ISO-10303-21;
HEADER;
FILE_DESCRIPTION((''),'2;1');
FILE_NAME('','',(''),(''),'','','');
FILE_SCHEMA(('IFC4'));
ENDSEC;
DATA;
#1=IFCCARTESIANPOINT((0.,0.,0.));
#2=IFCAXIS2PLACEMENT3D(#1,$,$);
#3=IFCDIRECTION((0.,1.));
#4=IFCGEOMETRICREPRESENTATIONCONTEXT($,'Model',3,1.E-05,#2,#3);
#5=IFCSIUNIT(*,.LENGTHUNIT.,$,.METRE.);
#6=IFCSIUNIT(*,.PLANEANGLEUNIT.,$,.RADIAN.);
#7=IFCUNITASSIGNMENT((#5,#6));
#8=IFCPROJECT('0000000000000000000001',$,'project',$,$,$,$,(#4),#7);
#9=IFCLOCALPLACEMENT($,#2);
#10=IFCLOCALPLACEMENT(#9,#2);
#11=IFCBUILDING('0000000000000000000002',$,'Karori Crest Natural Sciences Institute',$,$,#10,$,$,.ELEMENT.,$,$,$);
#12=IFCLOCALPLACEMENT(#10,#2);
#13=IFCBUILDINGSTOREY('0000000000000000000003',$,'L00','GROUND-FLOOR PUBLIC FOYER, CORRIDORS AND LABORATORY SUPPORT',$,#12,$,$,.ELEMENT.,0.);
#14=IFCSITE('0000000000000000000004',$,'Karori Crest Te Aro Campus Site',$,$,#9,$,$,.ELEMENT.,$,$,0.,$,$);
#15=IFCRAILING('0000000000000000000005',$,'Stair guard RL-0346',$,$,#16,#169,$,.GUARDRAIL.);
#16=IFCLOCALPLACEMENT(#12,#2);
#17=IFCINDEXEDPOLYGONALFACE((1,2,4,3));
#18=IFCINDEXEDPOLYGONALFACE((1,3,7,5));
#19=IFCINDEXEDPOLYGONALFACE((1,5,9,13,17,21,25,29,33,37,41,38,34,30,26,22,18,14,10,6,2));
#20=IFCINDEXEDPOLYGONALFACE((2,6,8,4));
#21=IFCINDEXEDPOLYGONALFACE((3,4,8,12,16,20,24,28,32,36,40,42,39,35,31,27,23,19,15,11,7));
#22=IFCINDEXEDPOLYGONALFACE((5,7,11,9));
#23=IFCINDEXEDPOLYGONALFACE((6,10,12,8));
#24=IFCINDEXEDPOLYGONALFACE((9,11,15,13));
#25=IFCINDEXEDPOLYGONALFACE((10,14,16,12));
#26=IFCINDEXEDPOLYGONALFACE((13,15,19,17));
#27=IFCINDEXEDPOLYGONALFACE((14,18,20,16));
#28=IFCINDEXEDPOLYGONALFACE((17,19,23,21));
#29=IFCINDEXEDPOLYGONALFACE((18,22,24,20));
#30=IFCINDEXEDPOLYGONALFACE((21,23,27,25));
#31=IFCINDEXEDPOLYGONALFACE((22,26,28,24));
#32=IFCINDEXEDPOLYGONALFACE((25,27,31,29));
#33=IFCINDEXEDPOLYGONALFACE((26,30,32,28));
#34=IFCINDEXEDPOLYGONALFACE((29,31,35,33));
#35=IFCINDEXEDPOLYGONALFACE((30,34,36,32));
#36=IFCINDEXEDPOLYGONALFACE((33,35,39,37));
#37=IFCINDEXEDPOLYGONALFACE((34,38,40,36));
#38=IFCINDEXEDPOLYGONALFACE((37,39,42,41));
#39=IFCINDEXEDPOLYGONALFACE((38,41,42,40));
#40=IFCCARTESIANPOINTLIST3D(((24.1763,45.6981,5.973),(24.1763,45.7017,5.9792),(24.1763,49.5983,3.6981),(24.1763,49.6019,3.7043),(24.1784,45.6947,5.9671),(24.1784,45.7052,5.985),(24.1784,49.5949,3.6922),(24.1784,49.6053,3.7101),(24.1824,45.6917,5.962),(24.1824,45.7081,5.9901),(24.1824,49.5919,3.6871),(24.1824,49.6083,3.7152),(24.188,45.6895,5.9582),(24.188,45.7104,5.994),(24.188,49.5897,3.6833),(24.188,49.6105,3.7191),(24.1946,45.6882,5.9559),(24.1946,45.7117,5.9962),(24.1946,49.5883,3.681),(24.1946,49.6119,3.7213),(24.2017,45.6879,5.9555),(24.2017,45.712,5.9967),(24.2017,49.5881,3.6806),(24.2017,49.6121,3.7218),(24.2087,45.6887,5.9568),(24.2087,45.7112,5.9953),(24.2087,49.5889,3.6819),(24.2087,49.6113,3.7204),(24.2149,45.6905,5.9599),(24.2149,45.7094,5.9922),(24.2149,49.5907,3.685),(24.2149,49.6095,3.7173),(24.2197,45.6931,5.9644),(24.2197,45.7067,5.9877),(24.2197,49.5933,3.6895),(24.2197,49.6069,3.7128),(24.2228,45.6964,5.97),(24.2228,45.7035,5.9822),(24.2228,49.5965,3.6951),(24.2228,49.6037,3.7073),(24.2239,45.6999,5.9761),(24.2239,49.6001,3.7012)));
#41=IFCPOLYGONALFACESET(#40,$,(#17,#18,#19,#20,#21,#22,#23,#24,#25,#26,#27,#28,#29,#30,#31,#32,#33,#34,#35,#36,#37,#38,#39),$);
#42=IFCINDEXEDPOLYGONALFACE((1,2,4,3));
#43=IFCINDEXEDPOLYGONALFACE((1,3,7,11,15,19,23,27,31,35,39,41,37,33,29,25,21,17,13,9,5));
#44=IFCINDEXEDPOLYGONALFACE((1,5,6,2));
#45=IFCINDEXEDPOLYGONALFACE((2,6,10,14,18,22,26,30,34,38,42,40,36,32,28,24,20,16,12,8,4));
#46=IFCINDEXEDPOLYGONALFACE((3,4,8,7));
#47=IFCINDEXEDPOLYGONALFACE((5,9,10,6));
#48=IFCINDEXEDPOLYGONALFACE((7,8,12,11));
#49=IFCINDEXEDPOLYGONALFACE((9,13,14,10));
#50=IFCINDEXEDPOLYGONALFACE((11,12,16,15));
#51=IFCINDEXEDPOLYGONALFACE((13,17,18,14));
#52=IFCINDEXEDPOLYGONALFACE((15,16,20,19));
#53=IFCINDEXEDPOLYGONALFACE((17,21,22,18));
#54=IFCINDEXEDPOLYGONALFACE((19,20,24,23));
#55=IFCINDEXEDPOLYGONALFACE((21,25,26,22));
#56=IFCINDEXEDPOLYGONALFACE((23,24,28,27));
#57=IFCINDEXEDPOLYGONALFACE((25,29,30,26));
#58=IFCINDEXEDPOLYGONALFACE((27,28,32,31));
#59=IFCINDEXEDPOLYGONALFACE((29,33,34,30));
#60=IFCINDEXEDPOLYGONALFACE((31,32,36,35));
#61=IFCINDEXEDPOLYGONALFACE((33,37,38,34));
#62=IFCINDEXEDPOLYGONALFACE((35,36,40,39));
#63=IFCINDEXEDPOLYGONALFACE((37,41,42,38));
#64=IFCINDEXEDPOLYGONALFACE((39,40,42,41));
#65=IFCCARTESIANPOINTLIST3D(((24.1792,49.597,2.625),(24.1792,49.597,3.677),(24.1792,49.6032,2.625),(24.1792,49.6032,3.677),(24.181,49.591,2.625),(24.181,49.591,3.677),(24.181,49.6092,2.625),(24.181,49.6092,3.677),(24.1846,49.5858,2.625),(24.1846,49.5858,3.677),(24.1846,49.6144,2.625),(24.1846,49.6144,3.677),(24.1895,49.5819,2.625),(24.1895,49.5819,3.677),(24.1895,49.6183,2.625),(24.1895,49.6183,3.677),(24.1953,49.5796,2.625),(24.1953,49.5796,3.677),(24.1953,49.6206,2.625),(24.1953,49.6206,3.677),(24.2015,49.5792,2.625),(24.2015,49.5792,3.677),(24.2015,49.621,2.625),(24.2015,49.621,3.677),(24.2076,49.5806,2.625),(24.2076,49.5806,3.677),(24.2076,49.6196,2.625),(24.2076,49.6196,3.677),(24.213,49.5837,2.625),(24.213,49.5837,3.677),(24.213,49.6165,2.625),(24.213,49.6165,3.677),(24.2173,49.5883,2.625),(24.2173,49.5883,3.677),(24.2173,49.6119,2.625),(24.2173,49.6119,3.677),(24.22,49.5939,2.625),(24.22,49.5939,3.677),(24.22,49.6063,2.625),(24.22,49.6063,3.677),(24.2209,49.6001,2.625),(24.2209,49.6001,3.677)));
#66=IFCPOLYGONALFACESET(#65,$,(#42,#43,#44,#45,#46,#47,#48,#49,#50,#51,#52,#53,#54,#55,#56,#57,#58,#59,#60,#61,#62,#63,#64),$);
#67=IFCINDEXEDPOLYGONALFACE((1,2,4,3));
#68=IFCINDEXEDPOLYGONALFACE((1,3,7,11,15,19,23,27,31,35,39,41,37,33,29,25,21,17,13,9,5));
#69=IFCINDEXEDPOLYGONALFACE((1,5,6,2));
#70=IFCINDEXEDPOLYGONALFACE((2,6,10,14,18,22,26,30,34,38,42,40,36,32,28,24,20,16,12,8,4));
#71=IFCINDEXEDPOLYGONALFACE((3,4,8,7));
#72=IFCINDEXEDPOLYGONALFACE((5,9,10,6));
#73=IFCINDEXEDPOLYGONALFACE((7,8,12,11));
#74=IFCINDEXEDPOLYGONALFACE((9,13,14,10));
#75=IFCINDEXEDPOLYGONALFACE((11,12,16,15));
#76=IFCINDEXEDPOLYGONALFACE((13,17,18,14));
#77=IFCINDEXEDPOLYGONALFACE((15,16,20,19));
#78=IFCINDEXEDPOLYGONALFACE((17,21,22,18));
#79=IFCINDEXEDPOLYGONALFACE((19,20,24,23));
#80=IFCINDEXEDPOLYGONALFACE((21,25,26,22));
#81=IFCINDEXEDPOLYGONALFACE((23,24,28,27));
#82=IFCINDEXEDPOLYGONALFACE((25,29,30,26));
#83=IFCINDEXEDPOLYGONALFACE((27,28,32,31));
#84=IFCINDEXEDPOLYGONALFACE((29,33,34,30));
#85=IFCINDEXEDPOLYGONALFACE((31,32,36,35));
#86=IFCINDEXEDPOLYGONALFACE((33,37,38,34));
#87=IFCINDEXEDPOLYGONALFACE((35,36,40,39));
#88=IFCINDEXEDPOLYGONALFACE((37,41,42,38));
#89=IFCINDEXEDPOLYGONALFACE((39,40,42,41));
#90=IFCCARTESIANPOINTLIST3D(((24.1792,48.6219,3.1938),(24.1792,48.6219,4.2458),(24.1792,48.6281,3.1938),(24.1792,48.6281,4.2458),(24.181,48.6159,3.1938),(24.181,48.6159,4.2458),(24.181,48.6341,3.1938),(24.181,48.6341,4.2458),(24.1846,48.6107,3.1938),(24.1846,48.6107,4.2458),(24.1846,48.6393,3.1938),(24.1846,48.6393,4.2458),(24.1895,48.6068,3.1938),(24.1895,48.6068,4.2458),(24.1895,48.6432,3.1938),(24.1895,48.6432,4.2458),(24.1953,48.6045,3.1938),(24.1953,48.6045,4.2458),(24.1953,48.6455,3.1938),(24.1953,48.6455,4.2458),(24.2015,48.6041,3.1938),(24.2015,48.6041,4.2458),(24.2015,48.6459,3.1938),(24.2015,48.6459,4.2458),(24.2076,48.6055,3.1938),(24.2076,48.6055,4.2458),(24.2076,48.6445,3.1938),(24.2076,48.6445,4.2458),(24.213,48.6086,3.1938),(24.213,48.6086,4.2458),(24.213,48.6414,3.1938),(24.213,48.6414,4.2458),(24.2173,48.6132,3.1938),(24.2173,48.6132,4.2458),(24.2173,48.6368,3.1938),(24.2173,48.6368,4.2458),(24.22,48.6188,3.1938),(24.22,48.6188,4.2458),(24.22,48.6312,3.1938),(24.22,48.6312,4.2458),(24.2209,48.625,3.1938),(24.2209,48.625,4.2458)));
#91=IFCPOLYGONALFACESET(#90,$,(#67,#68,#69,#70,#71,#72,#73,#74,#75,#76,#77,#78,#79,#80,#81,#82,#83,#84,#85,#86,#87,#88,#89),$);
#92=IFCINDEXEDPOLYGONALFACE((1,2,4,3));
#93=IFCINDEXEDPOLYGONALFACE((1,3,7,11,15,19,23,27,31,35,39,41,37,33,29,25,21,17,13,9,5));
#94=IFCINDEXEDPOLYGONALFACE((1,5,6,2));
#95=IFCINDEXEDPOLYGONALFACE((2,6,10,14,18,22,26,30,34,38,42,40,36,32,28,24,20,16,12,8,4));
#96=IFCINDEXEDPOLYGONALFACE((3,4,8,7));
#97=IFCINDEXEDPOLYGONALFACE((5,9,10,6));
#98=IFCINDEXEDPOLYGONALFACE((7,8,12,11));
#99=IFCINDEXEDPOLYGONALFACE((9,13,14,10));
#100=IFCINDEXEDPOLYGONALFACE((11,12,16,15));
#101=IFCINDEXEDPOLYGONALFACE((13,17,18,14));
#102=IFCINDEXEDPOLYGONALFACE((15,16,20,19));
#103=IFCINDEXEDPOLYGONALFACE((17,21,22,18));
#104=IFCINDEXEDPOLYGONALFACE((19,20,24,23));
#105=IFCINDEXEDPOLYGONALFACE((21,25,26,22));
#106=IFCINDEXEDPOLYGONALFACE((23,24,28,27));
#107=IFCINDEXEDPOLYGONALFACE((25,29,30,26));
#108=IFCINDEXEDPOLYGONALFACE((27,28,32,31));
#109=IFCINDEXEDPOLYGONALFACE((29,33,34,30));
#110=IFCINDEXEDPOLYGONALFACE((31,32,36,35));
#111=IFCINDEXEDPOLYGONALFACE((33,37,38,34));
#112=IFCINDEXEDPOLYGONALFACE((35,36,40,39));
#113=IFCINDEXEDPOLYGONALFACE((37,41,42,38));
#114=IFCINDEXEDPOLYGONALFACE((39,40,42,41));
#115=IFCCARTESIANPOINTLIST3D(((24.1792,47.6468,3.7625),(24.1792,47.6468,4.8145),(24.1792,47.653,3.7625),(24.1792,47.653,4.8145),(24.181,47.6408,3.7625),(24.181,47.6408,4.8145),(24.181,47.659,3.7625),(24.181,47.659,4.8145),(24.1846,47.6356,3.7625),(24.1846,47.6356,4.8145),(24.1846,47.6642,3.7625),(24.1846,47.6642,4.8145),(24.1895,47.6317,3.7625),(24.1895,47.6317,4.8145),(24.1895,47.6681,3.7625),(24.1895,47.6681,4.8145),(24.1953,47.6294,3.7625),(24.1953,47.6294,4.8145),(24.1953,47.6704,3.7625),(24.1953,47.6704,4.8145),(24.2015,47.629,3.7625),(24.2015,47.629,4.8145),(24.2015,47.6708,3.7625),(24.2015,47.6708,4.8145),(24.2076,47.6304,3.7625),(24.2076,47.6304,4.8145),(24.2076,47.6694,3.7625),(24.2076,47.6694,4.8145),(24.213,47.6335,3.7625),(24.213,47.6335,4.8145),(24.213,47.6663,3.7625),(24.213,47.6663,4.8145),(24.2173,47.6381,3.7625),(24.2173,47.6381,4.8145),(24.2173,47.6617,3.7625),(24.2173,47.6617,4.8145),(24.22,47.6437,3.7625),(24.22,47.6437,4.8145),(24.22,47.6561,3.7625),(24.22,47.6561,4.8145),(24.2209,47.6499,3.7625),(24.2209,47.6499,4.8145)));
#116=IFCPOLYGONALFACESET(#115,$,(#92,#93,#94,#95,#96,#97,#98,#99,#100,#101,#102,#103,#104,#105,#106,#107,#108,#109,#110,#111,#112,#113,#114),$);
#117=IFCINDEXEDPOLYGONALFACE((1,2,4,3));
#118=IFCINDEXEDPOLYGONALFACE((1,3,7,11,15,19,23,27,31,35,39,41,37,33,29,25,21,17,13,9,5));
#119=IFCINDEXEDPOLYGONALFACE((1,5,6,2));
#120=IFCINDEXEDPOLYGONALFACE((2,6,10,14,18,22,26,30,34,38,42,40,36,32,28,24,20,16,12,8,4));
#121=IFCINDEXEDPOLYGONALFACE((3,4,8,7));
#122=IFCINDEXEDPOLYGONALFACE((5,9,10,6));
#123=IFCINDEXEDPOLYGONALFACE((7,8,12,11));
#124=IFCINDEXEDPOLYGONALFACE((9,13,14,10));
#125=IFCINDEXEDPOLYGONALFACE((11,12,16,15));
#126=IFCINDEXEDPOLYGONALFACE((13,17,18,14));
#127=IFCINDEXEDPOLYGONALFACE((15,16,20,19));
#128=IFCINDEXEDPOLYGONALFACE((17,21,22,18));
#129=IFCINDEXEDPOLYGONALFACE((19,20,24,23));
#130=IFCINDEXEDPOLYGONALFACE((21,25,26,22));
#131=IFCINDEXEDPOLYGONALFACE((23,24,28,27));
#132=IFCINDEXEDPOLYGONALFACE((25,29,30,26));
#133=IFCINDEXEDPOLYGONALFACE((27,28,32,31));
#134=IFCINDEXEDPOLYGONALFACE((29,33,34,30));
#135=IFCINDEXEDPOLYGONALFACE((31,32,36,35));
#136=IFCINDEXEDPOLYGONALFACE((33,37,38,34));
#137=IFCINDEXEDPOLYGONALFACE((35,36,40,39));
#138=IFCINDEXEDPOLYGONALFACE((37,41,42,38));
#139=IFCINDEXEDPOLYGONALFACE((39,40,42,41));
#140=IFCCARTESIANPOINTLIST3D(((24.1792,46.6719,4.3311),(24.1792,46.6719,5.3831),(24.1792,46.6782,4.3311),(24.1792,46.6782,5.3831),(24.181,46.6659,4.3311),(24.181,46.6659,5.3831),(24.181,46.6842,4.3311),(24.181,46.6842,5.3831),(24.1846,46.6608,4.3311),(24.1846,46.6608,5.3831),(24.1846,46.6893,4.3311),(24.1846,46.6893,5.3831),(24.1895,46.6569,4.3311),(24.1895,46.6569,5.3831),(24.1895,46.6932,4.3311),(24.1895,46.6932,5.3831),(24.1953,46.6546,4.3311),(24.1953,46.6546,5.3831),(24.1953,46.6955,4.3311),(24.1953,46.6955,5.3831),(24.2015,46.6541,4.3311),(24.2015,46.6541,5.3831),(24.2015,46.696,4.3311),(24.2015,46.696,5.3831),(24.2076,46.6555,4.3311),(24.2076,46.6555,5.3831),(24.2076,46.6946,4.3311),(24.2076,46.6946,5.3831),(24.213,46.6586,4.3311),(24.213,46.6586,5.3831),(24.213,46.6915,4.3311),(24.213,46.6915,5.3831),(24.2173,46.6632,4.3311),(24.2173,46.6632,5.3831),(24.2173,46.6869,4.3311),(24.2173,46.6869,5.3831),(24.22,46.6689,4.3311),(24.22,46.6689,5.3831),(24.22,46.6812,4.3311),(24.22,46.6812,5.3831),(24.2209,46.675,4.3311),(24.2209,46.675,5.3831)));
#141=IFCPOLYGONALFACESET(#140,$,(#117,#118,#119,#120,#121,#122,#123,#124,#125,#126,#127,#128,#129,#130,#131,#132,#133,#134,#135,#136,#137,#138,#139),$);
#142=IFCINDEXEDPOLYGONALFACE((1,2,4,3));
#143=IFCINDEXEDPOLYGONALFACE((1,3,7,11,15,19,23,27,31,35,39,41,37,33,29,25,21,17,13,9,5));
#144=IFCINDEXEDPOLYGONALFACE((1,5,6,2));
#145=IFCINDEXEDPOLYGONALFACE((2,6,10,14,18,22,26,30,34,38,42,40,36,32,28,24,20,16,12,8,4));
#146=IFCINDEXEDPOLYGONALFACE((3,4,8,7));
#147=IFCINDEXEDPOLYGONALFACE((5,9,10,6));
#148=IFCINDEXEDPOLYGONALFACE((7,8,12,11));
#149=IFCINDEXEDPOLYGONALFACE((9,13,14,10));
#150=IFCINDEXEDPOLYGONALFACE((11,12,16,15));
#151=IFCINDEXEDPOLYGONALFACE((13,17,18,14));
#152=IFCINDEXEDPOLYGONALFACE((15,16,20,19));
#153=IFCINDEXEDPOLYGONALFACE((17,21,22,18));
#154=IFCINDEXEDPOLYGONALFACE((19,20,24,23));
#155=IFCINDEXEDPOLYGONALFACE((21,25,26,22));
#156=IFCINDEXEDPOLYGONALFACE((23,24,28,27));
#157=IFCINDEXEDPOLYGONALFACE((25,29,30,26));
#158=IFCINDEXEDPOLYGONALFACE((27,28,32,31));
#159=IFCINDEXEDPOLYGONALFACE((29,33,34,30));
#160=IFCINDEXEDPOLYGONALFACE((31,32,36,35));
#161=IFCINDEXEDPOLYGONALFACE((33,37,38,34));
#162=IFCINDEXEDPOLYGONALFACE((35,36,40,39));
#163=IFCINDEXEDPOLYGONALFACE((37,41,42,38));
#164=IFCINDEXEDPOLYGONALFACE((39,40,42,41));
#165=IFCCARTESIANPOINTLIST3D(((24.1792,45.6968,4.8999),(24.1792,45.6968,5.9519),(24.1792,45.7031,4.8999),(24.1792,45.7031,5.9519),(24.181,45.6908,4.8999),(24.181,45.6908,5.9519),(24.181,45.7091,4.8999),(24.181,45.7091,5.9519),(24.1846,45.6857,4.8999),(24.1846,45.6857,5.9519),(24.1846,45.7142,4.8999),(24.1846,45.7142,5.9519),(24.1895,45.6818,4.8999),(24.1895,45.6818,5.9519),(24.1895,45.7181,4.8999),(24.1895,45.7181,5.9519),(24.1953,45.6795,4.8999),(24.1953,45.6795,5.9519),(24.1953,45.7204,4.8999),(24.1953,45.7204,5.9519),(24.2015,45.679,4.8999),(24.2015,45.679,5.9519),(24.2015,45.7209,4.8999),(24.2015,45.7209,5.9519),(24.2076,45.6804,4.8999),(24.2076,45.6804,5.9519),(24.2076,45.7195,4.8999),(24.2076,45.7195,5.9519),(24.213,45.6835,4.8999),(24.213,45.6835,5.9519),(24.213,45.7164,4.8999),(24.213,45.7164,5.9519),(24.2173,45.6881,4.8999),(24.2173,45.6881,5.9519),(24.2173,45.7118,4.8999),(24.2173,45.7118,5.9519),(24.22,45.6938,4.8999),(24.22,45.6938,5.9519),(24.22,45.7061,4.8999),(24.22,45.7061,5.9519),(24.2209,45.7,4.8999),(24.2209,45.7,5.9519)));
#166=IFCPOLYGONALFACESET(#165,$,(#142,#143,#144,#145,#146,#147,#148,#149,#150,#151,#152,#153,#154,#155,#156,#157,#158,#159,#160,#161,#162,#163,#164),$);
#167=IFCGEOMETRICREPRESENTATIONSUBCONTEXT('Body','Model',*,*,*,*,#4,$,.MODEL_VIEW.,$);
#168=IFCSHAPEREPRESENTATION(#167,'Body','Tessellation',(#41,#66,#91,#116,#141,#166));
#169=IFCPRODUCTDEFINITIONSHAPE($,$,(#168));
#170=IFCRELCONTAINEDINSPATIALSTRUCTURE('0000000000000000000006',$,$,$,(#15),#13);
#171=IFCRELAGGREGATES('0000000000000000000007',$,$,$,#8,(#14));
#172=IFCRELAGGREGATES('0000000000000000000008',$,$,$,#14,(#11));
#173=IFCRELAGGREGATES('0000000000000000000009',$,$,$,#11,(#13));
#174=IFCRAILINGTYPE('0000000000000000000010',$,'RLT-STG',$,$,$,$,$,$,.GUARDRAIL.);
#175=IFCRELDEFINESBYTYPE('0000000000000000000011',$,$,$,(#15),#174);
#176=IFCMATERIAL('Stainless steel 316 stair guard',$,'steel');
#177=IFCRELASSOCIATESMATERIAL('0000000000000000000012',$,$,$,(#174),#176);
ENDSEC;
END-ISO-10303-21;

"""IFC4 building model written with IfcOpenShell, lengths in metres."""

from ifc_helpers import new_model, si_unit, direction, frame, origin, origin_2d, place, context, subcontext, project, spatial, circle, extrude, material, type_object, element, save


model = new_model("IFC4")

# Units and contexts
model_context = context("Model", 3, precision=1e-05, world=origin(), true_north=direction((0.0, 1.0)))
body_context = subcontext(model_context, "Body", "Model", "MODEL_VIEW")
ifc_project = project(units=[si_unit("LENGTHUNIT", "METRE"), si_unit("PLANEANGLEUNIT", "RADIAN")], contexts=[model_context])

# Site, building, storey
site_placement = place(None, origin())
site = spatial("IfcSite", under=ifc_project, at=site_placement, Name="Karori Crest Te Aro Campus Site", CompositionType="ELEMENT", RefElevation=0.0)
building_placement = place(site_placement, origin())
building = spatial("IfcBuilding", under=site, at=building_placement, Name="Karori Crest Natural Sciences Institute", CompositionType="ELEMENT")
storey_placement = place(building_placement, origin())
storey = spatial("IfcBuildingStorey", under=building, at=storey_placement, Name="L00", Description="GROUND-FLOOR PUBLIC FOYER, CORRIDORS AND LABORATORY SUPPORT", CompositionType="ELEMENT", Elevation=0.0)

# Railing
ifc_material_1 = material(Name="Stainless steel 316 stair guard", Category="steel")
railing_type_1 = type_object("IfcRailingType", Name="RLT-STG", PredefinedType="GUARDRAIL", material=ifc_material_1)
railing_1_placement = place(storey_placement, frame((24.2, 49.6001, 2.625)))
element("IfcRailing", 1, at=railing_1_placement, inside=storey, type_object=railing_type_1, Name="Stair guard RL-0346", PredefinedType="GUARDRAIL", context=body_context, shape_type="SweptSolid", body=[
    extrude(circle(Radius=0.0239, at=origin_2d()), frame((0.0, 0.0, 1.0762), z_axis=(0.0, -0.863797, 0.503841), x_axis=(1.0, 0.0, 0.0)), (0.0, 0.0, 1.0), 4.5151),
    extrude(circle(Radius=0.021, at=origin_2d()), origin(), (0.0, 0.0, 1.0), 1.052),
    extrude(circle(Radius=0.021, at=origin_2d()), frame((0.0, -0.9751, 0.5688)), (0.0, 0.0, 1.0), 1.052),
    extrude(circle(Radius=0.021, at=origin_2d()), frame((0.0, -1.9502, 1.1375)), (0.0, 0.0, 1.0), 1.052),
    extrude(circle(Radius=0.021, at=origin_2d()), frame((0.0, -2.925, 1.7061)), (0.0, 0.0, 1.0), 1.052),
    extrude(circle(Radius=0.021, at=origin_2d()), frame((0.0, -3.9001, 2.2749)), (0.0, 0.0, 1.0), 1.052),
])

save(model, "model.ifc")
